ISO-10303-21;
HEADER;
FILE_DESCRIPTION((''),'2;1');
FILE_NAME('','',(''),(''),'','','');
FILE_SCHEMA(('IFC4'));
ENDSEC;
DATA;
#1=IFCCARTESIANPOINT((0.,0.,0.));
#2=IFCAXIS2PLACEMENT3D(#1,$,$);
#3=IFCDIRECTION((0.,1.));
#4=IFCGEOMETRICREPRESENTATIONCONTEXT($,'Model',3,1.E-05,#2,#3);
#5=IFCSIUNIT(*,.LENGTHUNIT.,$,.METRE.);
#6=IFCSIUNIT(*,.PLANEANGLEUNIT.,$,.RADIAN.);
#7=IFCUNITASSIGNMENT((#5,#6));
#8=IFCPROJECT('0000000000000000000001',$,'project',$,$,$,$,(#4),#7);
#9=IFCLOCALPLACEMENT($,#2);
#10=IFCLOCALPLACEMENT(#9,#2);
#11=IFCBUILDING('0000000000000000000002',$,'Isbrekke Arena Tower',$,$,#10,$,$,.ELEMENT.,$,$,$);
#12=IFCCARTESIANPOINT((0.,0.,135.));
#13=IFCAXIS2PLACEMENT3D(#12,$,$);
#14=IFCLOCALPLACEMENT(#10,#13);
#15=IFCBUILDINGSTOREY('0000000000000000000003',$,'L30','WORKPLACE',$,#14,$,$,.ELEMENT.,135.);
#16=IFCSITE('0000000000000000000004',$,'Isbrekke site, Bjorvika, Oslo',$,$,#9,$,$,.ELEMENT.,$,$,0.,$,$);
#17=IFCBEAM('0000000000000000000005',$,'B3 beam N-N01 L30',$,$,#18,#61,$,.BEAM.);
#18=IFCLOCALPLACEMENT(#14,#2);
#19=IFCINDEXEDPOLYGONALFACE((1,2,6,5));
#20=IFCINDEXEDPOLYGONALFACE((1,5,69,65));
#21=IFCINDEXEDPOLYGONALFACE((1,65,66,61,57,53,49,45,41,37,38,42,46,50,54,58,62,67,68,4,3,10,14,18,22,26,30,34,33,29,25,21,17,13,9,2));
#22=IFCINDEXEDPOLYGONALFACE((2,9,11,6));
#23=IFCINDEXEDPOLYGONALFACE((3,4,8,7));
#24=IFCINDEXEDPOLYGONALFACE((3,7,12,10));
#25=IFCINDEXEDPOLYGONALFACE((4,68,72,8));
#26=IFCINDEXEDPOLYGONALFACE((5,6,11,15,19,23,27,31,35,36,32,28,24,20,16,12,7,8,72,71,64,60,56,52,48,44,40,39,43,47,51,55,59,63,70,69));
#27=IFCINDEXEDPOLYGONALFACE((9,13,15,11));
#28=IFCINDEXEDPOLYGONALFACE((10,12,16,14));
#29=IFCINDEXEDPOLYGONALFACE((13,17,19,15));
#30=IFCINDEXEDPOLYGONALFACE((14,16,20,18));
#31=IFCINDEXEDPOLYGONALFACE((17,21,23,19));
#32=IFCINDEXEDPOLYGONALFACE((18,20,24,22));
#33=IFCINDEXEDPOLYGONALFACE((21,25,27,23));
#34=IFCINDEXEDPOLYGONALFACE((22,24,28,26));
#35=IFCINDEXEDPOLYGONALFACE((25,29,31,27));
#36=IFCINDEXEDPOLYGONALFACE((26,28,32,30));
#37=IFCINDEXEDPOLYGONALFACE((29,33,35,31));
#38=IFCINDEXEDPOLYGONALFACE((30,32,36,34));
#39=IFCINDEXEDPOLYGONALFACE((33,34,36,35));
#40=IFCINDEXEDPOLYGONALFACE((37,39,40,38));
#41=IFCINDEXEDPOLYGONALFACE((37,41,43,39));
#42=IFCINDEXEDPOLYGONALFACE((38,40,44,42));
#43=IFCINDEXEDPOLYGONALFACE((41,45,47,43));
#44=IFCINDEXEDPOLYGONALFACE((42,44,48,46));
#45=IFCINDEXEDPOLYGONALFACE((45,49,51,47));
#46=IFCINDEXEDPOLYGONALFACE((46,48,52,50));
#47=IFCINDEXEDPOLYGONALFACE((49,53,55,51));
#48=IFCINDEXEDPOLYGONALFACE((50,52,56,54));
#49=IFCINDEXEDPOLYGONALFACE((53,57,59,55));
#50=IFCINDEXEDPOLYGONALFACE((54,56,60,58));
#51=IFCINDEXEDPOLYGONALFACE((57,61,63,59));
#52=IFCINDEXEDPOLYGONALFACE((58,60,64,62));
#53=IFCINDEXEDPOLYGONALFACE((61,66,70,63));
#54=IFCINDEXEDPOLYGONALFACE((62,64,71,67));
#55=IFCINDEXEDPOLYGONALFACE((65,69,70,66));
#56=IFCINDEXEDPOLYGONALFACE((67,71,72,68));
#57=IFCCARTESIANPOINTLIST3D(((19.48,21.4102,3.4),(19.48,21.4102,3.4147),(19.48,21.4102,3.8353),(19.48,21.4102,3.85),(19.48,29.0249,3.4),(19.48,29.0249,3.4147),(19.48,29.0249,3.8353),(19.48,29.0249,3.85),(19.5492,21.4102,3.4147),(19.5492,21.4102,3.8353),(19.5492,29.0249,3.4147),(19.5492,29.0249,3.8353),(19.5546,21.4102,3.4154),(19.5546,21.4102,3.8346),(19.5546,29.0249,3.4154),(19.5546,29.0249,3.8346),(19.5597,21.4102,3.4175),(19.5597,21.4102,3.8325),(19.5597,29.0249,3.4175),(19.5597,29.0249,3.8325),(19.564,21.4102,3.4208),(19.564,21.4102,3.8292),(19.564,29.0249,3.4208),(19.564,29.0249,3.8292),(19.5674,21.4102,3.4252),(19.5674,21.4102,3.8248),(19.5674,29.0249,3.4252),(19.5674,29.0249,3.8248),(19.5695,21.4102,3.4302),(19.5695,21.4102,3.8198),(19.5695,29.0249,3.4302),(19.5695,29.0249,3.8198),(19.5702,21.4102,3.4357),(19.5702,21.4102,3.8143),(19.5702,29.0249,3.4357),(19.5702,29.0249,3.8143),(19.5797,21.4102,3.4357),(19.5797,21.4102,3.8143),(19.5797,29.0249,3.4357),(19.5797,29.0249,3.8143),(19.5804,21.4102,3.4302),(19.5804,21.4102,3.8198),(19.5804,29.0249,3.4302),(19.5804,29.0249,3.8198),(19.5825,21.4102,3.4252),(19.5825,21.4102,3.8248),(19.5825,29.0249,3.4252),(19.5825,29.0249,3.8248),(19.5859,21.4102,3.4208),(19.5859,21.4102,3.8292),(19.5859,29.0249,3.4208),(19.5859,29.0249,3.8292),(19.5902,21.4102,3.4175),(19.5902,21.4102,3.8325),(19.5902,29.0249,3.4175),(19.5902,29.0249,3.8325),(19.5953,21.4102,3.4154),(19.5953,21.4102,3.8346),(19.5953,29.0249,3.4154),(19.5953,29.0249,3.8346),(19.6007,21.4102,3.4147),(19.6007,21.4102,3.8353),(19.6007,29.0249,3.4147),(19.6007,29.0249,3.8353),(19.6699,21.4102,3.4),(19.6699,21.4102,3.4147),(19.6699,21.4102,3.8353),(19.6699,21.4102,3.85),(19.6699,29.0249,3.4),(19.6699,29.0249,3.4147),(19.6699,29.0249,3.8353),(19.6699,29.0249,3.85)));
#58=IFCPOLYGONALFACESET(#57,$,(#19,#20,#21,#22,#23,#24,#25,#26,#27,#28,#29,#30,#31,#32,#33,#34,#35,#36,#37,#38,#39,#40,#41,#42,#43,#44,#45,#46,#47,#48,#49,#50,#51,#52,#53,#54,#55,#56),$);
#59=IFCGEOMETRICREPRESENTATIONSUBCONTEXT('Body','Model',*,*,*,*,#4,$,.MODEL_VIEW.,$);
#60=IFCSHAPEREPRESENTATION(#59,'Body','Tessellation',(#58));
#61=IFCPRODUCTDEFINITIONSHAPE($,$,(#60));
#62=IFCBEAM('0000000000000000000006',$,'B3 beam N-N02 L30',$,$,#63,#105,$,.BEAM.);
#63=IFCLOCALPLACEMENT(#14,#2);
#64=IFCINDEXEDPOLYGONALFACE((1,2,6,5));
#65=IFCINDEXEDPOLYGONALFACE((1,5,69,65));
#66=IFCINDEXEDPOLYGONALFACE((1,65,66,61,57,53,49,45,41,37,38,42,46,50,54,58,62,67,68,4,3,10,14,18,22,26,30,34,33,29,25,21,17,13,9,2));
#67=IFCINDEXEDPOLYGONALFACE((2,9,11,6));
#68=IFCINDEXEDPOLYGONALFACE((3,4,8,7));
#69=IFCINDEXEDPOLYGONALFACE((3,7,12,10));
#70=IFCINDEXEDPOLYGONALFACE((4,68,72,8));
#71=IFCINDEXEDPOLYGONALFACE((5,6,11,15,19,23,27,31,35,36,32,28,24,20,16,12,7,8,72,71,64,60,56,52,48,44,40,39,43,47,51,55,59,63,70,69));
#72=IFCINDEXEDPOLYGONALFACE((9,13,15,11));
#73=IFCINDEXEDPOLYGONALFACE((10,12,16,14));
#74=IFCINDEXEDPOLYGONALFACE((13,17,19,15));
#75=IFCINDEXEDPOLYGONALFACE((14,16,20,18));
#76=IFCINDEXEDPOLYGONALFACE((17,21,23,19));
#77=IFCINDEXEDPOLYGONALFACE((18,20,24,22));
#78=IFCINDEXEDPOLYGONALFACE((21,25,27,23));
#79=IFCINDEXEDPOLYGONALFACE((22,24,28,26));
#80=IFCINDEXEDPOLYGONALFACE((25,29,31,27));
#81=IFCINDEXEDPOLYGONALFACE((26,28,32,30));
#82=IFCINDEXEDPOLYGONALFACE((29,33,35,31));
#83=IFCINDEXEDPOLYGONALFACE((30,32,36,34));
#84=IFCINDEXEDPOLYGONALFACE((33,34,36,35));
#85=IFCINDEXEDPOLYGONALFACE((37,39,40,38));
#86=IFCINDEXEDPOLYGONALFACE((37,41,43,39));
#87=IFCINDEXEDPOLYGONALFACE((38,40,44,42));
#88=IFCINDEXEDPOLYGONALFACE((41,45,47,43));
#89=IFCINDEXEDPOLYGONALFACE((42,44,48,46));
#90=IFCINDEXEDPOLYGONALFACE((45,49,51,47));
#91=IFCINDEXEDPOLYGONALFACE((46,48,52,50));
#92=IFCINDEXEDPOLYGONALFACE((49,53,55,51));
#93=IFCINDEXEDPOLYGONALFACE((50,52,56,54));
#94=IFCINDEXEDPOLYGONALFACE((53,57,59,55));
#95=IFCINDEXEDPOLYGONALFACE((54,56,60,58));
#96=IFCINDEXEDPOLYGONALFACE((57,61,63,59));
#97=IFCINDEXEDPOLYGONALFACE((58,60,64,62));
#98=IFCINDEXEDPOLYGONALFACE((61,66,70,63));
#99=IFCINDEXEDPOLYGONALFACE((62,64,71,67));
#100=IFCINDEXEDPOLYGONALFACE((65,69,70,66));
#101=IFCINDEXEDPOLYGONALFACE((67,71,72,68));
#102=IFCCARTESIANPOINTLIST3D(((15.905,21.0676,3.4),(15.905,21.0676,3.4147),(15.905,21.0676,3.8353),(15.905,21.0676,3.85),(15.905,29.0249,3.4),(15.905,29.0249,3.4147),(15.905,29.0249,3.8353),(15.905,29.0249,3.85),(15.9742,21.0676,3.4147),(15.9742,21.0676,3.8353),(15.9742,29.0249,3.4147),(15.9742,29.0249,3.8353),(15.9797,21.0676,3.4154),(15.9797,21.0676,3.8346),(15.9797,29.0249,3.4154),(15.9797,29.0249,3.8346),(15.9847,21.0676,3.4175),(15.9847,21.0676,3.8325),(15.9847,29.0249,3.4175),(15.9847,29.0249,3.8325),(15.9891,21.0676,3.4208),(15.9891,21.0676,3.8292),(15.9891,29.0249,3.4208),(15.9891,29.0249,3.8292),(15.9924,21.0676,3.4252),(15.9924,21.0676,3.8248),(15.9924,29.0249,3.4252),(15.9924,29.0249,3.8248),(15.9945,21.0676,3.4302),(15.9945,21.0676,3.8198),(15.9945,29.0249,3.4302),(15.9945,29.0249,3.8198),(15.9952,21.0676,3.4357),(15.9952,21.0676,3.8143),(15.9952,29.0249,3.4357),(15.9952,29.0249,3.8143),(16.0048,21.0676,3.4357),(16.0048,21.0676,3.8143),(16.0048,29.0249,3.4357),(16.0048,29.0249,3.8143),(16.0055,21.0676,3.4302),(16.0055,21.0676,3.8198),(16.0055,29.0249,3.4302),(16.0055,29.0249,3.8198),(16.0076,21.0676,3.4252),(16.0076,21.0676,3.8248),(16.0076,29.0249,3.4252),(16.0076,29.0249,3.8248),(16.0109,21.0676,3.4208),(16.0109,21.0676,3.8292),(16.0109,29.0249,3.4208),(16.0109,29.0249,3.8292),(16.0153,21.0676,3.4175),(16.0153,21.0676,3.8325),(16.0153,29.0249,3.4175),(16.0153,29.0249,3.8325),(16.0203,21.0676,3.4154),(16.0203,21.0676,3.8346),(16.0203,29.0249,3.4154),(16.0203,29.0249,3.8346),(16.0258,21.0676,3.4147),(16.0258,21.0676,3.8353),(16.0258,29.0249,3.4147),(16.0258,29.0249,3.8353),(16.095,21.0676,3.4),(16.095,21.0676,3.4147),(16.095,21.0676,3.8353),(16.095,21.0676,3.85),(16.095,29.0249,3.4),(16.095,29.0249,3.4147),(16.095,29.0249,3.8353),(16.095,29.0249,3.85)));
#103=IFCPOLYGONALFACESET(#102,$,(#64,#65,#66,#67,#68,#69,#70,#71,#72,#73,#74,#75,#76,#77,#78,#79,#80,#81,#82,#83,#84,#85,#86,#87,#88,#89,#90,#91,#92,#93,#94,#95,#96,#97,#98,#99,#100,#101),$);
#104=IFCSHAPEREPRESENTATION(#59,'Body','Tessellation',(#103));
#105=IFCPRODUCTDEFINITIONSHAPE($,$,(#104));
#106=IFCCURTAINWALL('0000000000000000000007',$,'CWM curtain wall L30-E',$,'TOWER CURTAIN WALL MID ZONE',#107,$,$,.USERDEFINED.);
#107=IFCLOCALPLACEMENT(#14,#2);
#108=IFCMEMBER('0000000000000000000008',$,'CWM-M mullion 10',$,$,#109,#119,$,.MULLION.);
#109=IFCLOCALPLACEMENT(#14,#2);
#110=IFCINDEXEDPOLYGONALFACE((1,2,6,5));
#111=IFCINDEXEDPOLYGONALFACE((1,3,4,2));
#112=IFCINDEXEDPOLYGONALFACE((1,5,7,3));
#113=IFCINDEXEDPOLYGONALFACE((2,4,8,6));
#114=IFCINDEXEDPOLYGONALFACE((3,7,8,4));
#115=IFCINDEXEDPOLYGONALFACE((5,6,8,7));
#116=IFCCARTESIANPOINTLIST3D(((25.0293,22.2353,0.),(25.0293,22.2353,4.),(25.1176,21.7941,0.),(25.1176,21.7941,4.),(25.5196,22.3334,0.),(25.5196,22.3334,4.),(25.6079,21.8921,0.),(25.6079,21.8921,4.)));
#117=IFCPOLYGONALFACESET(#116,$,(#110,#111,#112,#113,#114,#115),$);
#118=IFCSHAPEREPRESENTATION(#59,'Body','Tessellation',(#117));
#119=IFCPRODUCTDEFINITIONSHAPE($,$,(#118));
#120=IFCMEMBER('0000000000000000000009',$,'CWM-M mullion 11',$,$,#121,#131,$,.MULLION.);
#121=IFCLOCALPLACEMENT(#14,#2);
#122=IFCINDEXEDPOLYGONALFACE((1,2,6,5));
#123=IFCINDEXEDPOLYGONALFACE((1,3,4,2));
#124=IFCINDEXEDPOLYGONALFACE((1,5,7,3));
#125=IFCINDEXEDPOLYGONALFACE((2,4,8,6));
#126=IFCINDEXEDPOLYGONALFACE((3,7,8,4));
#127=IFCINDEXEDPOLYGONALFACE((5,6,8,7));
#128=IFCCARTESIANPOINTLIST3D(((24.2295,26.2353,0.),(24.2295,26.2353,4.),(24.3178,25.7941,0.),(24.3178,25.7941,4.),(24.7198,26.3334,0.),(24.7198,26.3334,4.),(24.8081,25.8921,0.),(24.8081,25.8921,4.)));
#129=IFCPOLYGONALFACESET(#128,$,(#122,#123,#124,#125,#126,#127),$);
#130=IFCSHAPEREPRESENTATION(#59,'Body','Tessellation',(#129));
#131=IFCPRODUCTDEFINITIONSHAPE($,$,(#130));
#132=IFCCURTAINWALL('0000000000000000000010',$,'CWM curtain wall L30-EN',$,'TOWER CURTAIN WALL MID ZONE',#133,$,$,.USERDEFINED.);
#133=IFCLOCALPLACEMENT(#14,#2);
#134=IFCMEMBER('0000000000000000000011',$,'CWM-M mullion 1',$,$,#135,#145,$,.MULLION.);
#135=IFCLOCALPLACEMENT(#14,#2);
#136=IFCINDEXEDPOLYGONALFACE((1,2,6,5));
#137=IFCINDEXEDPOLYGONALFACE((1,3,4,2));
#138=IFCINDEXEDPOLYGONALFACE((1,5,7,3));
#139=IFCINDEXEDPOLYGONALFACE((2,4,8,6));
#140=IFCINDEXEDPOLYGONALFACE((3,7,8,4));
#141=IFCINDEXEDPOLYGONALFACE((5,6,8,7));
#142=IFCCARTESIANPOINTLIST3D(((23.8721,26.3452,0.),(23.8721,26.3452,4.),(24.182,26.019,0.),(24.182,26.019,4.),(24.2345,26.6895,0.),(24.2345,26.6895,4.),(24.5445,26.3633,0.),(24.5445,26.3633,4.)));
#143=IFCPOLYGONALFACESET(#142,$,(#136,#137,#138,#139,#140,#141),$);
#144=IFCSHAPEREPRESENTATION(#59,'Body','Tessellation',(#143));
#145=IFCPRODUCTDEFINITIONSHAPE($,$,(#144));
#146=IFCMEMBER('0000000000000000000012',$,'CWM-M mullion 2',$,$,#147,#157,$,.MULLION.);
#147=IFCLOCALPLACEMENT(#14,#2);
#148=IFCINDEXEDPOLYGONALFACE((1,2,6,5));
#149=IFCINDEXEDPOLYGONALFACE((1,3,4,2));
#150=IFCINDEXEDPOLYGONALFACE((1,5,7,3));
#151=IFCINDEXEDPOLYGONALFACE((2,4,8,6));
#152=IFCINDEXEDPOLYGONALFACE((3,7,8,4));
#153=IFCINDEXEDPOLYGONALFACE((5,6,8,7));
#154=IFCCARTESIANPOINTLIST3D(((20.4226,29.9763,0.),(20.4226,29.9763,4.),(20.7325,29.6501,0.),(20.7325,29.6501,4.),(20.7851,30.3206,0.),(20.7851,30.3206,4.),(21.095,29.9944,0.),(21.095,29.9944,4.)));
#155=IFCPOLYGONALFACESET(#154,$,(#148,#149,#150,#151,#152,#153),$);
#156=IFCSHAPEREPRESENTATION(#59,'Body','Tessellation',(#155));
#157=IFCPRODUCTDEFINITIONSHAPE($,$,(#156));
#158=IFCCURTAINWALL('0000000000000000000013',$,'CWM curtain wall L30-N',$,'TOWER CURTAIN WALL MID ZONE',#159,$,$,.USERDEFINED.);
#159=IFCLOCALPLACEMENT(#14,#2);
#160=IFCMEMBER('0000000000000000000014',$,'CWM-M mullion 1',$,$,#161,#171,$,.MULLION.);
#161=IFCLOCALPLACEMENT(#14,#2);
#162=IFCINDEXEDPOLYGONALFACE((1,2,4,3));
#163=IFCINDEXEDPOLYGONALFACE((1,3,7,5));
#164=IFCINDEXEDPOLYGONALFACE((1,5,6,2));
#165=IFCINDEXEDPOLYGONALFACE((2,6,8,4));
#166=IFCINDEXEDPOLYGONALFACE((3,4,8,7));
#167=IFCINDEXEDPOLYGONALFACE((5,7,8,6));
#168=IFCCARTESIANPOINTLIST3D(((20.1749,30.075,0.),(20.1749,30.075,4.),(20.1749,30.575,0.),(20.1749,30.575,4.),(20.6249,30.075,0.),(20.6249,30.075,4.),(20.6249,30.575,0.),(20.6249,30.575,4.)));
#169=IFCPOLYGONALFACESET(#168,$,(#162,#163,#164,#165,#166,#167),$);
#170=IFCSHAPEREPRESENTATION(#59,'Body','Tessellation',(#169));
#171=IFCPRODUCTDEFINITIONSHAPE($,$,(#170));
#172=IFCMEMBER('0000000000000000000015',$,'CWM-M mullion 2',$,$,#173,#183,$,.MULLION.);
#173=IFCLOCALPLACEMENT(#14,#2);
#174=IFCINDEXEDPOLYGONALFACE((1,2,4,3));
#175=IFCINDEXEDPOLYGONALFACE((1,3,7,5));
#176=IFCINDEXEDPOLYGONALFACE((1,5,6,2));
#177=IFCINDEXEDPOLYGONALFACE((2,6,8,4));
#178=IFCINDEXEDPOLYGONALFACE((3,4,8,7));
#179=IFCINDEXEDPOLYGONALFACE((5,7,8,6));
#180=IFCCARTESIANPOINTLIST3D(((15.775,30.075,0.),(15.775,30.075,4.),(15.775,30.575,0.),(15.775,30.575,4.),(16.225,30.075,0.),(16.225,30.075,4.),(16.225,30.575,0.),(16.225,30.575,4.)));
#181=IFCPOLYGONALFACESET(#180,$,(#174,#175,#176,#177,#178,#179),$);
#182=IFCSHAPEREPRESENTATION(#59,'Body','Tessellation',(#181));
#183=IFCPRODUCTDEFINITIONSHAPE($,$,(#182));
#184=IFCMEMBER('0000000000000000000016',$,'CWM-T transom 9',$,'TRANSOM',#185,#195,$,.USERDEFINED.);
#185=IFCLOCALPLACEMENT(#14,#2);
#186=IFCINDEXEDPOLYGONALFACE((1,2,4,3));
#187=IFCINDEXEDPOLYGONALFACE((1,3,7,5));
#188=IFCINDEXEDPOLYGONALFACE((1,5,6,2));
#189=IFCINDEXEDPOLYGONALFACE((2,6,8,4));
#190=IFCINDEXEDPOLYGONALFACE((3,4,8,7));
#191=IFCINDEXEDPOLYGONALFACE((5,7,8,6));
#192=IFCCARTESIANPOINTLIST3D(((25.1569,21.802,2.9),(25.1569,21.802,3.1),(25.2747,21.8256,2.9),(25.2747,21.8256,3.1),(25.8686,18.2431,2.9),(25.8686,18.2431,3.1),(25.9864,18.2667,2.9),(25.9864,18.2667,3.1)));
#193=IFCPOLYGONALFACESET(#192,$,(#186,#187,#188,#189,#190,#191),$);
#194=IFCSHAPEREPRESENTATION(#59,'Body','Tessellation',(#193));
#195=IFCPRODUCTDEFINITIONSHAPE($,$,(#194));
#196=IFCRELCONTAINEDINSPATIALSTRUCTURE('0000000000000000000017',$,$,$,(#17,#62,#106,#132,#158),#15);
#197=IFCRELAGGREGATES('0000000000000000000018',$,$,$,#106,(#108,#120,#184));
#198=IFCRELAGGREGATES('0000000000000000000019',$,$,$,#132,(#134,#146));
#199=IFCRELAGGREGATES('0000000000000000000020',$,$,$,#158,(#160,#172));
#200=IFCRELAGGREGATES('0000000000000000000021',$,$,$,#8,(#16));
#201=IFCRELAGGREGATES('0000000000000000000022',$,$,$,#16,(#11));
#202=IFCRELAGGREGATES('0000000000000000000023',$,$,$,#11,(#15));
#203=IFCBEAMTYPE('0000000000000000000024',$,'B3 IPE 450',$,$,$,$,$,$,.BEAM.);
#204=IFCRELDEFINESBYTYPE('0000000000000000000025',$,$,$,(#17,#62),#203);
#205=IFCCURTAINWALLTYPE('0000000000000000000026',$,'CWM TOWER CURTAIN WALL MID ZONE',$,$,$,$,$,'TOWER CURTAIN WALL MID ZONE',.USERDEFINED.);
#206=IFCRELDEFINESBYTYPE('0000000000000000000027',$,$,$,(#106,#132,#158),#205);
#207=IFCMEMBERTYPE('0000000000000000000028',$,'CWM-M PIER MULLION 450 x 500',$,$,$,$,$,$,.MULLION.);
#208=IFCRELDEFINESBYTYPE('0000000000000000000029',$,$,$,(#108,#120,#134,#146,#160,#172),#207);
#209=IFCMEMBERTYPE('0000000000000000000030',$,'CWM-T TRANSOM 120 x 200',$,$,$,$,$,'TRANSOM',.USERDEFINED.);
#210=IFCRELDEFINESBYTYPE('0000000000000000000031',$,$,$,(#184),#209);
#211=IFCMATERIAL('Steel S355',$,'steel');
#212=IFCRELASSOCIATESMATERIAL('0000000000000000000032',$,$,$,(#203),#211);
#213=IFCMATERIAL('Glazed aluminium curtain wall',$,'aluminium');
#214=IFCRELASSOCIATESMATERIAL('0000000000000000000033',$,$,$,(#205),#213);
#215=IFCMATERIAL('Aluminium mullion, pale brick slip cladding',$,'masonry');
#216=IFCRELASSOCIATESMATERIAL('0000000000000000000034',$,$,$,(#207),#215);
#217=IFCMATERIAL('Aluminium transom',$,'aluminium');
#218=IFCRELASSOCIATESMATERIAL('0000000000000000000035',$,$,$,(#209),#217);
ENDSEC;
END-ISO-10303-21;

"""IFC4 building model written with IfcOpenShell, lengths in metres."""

from ifc_helpers import new_model, si_unit, direction, frame, origin, origin_2d, place, context, subcontext, project, spatial, rectangle, i_section, extrude, material, material_profile, profile_set, type_object, element, aggregate, save


model = new_model("IFC4")

# Units and contexts
model_context = context("Model", 3, precision=1e-05, world=origin(), true_north=direction((0.0, 1.0)))
body_context = subcontext(model_context, "Body", "Model", "MODEL_VIEW")
ifc_project = project(units=[si_unit("LENGTHUNIT", "METRE"), si_unit("PLANEANGLEUNIT", "RADIAN")], contexts=[model_context])

# Site, building, storey
site_placement = place(None, origin())
site = spatial("IfcSite", under=ifc_project, at=site_placement, Name="Isbrekke site, Bjorvika, Oslo", CompositionType="ELEMENT", RefElevation=0.0)
building_placement = place(site_placement, origin())
building = spatial("IfcBuilding", under=site, at=building_placement, Name="Isbrekke Arena Tower", CompositionType="ELEMENT")
storey_placement = place(building_placement, frame((0.0, 0.0, 135.0)))
storey = spatial("IfcBuildingStorey", under=building, at=storey_placement, Name="L30", Description="WORKPLACE", CompositionType="ELEMENT", Elevation=135.0)

# Beams
ifc_material_1 = material(Name="Steel S355", Category="steel")
ifc_material_profile_1 = material_profile(ifc_material_1, i_section(OverallWidth=0.1899, OverallDepth=0.45, WebThickness=0.0095, FlangeThickness=0.0146, FilletRadius=0.021, at=origin_2d()), Name="IPE 450")
ifc_profile_set_1 = profile_set([ifc_material_profile_1], Name="Steel S355")
beam_type_1 = type_object("IfcBeamType", Name="B3 IPE 450", PredefinedType="BEAM", material=ifc_profile_set_1)
beam_1_placement = place(storey_placement, frame((19.575, 29.0249, 3.625), z_axis=(0.0, -1.0, 0.0), x_axis=(1.0, 0.0, 0.0)))
element("IfcBeam", 1, at=beam_1_placement, inside=storey, type_object=beam_type_1, Name="B3 beam N-N01 L30", PredefinedType="BEAM", context=body_context, shape_type="SweptSolid", body=[
    extrude(i_section(OverallWidth=0.1899, OverallDepth=0.45, WebThickness=0.0095, FlangeThickness=0.0146, FilletRadius=0.021, at=origin_2d()), origin(), (0.0, 0.0, 1.0), 7.6147),
])
beam_2_placement = place(storey_placement, frame((16.0, 29.0249, 3.625), z_axis=(0.0, -1.0, 0.0), x_axis=(1.0, 0.0, 0.0)))
element("IfcBeam", 2, at=beam_2_placement, inside=storey, type_object=beam_type_1, Name="B3 beam N-N02 L30", PredefinedType="BEAM", context=body_context, shape_type="SweptSolid", body=[
    extrude(i_section(OverallWidth=0.1899, OverallDepth=0.45, WebThickness=0.0095, FlangeThickness=0.0146, FilletRadius=0.021, at=origin_2d()), origin(), (0.0, 0.0, 1.0), 7.9573),
])

# Curtain walls, members
ifc_material_2 = material(Name="Glazed aluminium curtain wall", Category="aluminium")
curtain_wall_type = type_object("IfcCurtainWallType", Name="CWM TOWER CURTAIN WALL MID ZONE", ElementType="TOWER CURTAIN WALL MID ZONE", PredefinedType="USERDEFINED", material=ifc_material_2)
curtain_wall_1_placement = place(storey_placement, origin())
curtain_wall_1 = element("IfcCurtainWall", 3, at=curtain_wall_1_placement, inside=storey, type_object=curtain_wall_type, Name="CWM curtain wall L30-E", ObjectType="TOWER CURTAIN WALL MID ZONE", PredefinedType="USERDEFINED")
ifc_material_3 = material(Name="Aluminium mullion, pale brick slip cladding", Category="masonry")
ifc_material_profile_2 = material_profile(ifc_material_3, rectangle(XDim=0.45, YDim=0.5, at=origin_2d()), Name="PIER 450X500")
ifc_profile_set_2 = profile_set([ifc_material_profile_2], Name="Aluminium mullion, pale brick slip cladding")
member_type_1 = type_object("IfcMemberType", Name="CWM-M PIER MULLION 450 x 500", PredefinedType="MULLION", material=ifc_profile_set_2)
member_1_placement = place(storey_placement, frame((25.3186, 22.0637, 0.0), z_axis=(0.0, 0.0, 1.0), x_axis=(-0.196116, 0.980581, 0.0)))
member_1 = element("IfcMember", 4, at=member_1_placement, type_object=member_type_1, Name="CWM-M mullion 10", PredefinedType="MULLION", context=body_context, shape_type="SweptSolid", body=[
    extrude(rectangle(XDim=0.45, YDim=0.5, at=origin_2d()), origin(), (0.0, 0.0, 1.0), 4.0),
])
member_2_placement = place(storey_placement, frame((24.5188, 26.0637, 0.0), z_axis=(0.0, 0.0, 1.0), x_axis=(-0.196116, 0.980581, 0.0)))
member_2 = element("IfcMember", 5, at=member_2_placement, type_object=member_type_1, Name="CWM-M mullion 11", PredefinedType="MULLION", context=body_context, shape_type="SweptSolid", body=[
    extrude(rectangle(XDim=0.45, YDim=0.5, at=origin_2d()), origin(), (0.0, 0.0, 1.0), 4.0),
])
curtain_wall_2_placement = place(storey_placement, origin())
curtain_wall_2 = element("IfcCurtainWall", 6, at=curtain_wall_2_placement, inside=storey, type_object=curtain_wall_type, Name="CWM curtain wall L30-EN", ObjectType="TOWER CURTAIN WALL MID ZONE", PredefinedType="USERDEFINED")
member_3_placement = place(storey_placement, frame((24.2083, 26.3542, 0.0), z_axis=(0.0, 0.0, 1.0), x_axis=(-0.688749, 0.724999, 0.0)))
member_3 = element("IfcMember", 7, at=member_3_placement, type_object=member_type_1, Name="CWM-M mullion 1", PredefinedType="MULLION", context=body_context, shape_type="SweptSolid", body=[
    extrude(rectangle(XDim=0.45, YDim=0.5, at=origin_2d()), origin(), (0.0, 0.0, 1.0), 4.0),
])
member_4_placement = place(storey_placement, frame((20.7588, 29.9854, 0.0), z_axis=(0.0, 0.0, 1.0), x_axis=(-0.688749, 0.724999, 0.0)))
member_4 = element("IfcMember", 8, at=member_4_placement, type_object=member_type_1, Name="CWM-M mullion 2", PredefinedType="MULLION", context=body_context, shape_type="SweptSolid", body=[
    extrude(rectangle(XDim=0.45, YDim=0.5, at=origin_2d()), origin(), (0.0, 0.0, 1.0), 4.0),
])
curtain_wall_3_placement = place(storey_placement, origin())
curtain_wall_3 = element("IfcCurtainWall", 9, at=curtain_wall_3_placement, inside=storey, type_object=curtain_wall_type, Name="CWM curtain wall L30-N", ObjectType="TOWER CURTAIN WALL MID ZONE", PredefinedType="USERDEFINED")
member_5_placement = place(storey_placement, frame((20.3999, 30.325, 0.0), z_axis=(0.0, 0.0, 1.0), x_axis=(-1.0, 0.0, 0.0)))
member_5 = element("IfcMember", 10, at=member_5_placement, type_object=member_type_1, Name="CWM-M mullion 1", PredefinedType="MULLION", context=body_context, shape_type="SweptSolid", body=[
    extrude(rectangle(XDim=0.45, YDim=0.5, at=origin_2d()), origin(), (0.0, 0.0, 1.0), 4.0),
])
member_6_placement = place(storey_placement, frame((16.0, 30.325, 0.0), z_axis=(0.0, 0.0, 1.0), x_axis=(-1.0, 0.0, 0.0)))
member_6 = element("IfcMember", 11, at=member_6_placement, type_object=member_type_1, Name="CWM-M mullion 2", PredefinedType="MULLION", context=body_context, shape_type="SweptSolid", body=[
    extrude(rectangle(XDim=0.45, YDim=0.5, at=origin_2d()), origin(), (0.0, 0.0, 1.0), 4.0),
])

# Member
ifc_material_4 = material(Name="Aluminium transom", Category="aluminium")
ifc_material_profile_3 = material_profile(ifc_material_4, rectangle(XDim=0.1201, YDim=0.2, at=origin_2d()), Name="TRANSOM 120X200")
ifc_profile_set_3 = profile_set([ifc_material_profile_3], Name="Aluminium transom")
member_type_2 = type_object("IfcMemberType", Name="CWM-T TRANSOM 120 x 200", ElementType="TRANSOM", PredefinedType="USERDEFINED", material=ifc_profile_set_3)
member_7_placement = place(storey_placement, frame((25.9275, 18.2549, 3.0), z_axis=(-0.19609, 0.980586, 0.0), x_axis=(-0.980586, -0.19609, 0.0)))
member_7 = element("IfcMember", 12, at=member_7_placement, type_object=member_type_2, Name="CWM-T transom 9", ObjectType="TRANSOM", PredefinedType="USERDEFINED", context=body_context, shape_type="SweptSolid", body=[
    extrude(rectangle(XDim=0.1201, YDim=0.2, at=origin_2d()), origin(), (0.0, 0.0, 1.0), 3.6294),
])

aggregate(curtain_wall_1, [member_1, member_2, member_7])
aggregate(curtain_wall_2, [member_3, member_4])
aggregate(curtain_wall_3, [member_5, member_6])

save(model, "model.ifc")
